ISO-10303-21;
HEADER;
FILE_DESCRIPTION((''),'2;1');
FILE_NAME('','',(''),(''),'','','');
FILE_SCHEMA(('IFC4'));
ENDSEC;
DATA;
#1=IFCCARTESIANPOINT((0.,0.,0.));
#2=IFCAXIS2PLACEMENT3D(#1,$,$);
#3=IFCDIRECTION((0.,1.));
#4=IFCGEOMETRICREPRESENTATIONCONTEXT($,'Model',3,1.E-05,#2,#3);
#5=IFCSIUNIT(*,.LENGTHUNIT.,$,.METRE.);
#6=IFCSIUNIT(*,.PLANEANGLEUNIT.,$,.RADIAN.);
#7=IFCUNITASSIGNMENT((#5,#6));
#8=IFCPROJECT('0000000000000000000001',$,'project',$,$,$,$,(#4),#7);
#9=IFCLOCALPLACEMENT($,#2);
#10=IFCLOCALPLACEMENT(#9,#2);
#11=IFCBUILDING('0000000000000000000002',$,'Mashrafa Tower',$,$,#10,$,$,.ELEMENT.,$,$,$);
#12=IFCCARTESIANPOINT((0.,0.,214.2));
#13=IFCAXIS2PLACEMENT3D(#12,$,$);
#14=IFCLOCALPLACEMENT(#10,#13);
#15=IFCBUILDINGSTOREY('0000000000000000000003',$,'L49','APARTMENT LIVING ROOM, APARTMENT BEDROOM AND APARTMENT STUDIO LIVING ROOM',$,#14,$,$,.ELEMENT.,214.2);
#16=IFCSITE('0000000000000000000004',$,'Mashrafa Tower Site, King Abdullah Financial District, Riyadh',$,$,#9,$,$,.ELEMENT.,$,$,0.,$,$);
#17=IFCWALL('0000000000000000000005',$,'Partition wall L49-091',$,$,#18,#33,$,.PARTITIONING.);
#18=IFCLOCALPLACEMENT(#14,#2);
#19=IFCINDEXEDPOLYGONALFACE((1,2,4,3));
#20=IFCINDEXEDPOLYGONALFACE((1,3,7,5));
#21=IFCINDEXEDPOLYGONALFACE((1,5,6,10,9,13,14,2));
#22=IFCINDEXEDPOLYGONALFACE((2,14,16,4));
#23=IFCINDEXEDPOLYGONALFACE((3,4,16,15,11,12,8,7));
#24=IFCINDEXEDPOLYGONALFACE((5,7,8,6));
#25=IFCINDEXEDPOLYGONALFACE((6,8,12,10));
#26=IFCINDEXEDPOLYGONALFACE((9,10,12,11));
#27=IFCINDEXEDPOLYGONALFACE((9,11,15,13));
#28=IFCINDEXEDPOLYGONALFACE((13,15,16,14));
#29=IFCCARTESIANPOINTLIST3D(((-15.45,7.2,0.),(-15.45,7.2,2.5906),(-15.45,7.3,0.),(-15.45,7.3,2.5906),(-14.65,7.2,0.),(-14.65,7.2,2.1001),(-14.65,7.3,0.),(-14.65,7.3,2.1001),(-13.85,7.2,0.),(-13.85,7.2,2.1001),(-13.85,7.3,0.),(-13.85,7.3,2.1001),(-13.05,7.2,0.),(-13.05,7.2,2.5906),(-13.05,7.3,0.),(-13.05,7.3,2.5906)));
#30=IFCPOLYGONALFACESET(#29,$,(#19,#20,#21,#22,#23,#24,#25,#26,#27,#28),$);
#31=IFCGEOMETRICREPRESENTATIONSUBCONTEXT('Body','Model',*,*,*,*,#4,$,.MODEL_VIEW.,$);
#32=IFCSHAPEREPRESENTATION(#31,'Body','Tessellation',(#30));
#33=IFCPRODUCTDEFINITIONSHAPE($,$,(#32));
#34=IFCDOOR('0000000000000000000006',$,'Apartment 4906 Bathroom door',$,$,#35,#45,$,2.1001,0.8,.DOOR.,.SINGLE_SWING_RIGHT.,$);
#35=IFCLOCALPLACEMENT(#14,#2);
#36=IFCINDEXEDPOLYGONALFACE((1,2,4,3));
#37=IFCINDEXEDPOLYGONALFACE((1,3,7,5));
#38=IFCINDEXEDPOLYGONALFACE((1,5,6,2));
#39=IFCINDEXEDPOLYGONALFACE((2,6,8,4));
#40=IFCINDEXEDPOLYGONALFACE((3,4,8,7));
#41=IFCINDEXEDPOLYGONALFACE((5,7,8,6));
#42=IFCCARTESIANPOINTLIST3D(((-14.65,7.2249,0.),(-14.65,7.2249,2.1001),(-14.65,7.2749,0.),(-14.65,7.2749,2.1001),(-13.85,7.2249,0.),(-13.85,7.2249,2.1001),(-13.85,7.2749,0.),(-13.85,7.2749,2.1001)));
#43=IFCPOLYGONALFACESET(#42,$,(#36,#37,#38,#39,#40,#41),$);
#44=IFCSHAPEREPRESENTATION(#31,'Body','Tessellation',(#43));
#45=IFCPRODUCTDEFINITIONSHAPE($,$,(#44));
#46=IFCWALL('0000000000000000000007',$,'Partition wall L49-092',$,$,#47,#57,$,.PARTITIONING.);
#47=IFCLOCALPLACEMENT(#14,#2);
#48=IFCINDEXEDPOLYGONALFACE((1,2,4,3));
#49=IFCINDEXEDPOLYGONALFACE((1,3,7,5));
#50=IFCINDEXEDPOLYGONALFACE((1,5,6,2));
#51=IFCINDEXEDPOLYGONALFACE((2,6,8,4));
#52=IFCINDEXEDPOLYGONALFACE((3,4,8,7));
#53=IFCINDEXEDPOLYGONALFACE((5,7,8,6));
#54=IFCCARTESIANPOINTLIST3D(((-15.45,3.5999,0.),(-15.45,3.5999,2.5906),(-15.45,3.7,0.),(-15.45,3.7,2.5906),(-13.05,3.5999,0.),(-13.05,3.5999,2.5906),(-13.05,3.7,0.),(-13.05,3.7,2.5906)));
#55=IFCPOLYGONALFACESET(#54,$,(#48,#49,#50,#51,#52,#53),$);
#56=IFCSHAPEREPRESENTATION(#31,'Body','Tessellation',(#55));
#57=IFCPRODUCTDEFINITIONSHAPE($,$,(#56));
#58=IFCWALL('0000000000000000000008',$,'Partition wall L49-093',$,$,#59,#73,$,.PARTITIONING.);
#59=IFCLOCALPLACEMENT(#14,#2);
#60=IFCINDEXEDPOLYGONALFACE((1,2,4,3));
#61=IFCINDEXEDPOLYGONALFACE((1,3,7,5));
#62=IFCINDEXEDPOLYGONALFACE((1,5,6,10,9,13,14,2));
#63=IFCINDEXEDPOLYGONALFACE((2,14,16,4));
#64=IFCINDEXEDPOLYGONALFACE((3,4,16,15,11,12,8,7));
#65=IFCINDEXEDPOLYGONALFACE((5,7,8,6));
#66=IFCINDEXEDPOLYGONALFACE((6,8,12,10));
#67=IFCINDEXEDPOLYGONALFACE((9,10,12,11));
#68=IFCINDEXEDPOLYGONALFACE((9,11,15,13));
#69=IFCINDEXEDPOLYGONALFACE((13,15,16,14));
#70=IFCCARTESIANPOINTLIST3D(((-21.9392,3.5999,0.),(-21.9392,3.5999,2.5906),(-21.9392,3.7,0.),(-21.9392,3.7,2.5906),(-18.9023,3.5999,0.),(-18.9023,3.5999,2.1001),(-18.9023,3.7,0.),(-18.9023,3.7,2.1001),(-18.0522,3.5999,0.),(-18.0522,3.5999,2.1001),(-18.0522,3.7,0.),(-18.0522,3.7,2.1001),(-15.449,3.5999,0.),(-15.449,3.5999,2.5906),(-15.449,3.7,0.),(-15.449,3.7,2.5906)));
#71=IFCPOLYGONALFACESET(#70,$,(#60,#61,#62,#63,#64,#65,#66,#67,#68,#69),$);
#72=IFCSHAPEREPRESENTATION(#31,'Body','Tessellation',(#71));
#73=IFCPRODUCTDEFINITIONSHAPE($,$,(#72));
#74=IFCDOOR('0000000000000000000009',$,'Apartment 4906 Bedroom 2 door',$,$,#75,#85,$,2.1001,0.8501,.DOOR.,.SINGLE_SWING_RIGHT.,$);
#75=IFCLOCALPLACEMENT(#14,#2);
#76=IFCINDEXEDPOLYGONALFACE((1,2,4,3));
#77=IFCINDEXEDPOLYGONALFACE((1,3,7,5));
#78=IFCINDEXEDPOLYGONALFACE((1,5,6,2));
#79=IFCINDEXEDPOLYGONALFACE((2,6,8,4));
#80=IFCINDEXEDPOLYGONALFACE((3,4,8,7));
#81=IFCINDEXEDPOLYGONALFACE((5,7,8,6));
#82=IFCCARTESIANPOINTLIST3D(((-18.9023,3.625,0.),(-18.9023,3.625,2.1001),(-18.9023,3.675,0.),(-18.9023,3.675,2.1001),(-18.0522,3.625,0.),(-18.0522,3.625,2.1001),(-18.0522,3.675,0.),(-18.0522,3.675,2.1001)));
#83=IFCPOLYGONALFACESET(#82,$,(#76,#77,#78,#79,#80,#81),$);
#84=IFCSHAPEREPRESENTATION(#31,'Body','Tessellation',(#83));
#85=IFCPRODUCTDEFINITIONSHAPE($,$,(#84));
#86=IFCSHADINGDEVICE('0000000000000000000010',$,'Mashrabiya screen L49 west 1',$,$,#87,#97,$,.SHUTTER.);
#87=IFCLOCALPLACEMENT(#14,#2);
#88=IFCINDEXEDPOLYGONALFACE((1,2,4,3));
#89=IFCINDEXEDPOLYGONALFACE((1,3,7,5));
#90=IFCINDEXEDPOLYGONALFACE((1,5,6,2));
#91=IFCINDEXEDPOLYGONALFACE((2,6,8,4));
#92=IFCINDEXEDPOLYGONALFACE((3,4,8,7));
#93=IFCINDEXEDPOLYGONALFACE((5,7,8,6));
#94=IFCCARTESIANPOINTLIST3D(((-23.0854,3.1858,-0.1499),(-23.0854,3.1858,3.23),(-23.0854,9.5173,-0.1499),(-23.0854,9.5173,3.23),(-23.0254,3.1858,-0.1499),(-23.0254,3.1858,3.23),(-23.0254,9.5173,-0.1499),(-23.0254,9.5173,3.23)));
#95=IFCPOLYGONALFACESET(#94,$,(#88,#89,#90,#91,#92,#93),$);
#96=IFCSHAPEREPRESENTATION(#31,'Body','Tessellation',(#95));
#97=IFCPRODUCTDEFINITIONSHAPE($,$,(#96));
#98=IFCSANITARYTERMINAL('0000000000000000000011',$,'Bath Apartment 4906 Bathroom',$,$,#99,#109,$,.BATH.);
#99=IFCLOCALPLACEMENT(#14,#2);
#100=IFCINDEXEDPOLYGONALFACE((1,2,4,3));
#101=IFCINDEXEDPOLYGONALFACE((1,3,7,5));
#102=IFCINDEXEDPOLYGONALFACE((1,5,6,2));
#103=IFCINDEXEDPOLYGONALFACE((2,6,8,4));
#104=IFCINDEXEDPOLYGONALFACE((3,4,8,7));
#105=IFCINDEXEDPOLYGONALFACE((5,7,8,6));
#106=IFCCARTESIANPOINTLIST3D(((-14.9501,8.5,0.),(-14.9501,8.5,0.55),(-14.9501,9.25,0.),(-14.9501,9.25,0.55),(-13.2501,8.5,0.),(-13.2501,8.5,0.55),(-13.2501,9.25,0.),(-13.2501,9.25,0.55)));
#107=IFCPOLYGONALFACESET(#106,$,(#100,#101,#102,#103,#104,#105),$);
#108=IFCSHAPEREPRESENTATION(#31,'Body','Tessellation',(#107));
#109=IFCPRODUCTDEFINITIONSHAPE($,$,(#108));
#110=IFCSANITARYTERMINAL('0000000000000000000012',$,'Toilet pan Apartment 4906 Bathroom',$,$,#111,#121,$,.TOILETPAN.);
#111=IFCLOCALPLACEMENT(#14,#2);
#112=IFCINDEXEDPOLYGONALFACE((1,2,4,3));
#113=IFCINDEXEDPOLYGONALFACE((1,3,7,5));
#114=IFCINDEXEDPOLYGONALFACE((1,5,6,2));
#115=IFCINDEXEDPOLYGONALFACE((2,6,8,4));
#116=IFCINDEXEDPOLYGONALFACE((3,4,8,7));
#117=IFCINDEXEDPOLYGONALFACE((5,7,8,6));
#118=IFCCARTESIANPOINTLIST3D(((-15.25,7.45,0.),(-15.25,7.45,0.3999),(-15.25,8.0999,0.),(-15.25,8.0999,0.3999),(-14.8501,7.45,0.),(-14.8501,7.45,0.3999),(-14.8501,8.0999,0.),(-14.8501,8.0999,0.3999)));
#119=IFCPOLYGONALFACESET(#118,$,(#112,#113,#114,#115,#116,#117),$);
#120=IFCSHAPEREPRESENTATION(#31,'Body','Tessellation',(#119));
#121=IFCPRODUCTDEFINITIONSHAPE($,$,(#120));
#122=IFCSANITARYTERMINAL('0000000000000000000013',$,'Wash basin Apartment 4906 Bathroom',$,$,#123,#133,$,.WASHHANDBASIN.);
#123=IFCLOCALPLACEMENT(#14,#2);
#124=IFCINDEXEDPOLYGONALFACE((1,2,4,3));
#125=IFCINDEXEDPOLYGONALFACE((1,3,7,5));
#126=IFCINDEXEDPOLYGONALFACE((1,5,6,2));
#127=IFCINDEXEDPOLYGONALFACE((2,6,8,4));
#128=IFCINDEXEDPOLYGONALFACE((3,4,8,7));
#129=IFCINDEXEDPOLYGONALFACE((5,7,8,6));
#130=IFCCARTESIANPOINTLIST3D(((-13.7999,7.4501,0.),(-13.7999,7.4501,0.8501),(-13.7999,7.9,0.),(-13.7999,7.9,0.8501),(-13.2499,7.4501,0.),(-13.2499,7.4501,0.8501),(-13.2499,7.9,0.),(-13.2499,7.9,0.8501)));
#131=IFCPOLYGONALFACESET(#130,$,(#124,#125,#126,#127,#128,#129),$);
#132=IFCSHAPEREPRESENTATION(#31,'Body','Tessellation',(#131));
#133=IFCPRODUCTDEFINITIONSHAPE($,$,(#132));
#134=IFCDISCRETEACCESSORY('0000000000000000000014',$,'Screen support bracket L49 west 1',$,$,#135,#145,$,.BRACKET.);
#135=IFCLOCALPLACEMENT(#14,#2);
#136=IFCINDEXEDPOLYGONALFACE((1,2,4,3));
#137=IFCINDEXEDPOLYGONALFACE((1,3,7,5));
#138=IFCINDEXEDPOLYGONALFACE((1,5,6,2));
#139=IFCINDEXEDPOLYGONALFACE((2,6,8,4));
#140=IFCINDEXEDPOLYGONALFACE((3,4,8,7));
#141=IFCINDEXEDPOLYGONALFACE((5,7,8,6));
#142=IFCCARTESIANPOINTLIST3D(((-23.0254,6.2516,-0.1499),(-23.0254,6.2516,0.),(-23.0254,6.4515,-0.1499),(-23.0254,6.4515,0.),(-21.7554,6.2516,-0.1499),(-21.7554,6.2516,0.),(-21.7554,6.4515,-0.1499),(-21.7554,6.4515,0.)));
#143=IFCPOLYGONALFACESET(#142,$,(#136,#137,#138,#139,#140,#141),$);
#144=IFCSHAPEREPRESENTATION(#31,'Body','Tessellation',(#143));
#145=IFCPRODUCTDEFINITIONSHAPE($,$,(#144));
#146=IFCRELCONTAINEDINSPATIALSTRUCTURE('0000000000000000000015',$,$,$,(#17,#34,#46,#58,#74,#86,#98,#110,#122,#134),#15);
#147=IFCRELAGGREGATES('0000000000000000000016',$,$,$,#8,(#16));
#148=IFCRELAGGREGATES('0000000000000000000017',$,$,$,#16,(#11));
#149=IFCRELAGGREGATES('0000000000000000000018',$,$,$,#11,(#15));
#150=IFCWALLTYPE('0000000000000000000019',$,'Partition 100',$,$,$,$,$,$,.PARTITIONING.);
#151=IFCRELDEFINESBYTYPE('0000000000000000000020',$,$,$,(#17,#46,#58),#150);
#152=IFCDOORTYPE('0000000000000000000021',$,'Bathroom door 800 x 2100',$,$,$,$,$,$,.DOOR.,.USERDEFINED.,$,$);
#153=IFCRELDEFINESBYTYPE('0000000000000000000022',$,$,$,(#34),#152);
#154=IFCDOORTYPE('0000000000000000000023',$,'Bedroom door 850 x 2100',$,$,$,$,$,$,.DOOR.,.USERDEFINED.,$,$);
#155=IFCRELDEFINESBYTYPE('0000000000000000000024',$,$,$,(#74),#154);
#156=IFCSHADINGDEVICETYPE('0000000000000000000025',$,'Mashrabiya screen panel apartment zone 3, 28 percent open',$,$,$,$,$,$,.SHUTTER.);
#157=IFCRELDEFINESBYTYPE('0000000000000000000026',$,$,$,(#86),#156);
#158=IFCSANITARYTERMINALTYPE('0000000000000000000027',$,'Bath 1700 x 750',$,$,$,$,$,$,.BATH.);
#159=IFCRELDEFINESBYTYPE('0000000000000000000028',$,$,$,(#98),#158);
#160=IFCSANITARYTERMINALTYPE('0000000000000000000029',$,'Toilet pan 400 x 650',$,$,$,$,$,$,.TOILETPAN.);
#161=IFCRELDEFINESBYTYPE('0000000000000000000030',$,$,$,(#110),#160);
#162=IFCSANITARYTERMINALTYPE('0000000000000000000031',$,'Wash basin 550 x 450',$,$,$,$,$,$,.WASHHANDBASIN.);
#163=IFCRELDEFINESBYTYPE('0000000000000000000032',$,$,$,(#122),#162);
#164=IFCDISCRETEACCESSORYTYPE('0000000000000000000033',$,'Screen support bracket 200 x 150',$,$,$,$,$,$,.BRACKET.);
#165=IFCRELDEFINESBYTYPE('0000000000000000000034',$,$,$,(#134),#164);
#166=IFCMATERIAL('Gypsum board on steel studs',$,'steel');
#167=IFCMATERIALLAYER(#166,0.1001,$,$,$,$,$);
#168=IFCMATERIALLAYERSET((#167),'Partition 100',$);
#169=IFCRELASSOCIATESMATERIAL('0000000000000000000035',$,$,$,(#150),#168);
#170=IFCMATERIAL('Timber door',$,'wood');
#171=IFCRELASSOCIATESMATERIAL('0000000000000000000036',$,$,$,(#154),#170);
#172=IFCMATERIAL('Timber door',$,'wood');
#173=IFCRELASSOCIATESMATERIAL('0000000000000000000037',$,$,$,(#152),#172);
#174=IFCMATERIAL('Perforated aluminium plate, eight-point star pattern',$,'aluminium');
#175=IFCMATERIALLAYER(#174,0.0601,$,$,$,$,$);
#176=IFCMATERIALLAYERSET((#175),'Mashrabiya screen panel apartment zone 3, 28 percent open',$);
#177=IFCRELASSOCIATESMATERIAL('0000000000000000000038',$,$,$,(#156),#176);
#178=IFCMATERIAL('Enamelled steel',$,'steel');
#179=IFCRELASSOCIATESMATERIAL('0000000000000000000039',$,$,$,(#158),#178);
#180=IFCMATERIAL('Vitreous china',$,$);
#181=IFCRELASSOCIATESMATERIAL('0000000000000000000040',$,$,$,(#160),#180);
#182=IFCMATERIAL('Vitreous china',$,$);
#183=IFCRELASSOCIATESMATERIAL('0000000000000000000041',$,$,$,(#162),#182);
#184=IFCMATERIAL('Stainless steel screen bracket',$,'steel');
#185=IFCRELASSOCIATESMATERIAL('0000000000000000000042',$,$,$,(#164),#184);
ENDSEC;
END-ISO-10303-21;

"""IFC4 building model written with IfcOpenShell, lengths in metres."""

from ifc_helpers import new_model, si_unit, direction, frame, frame_2d, origin, origin_2d, place, context, subcontext, project, spatial, rectangle, extrude, source, transform, mapped, material, layer, layer_set, type_object, type_shapes, element, fill, save


model = new_model("IFC4")

# Units and contexts
model_context = context("Model", 3, precision=1e-05, world=origin(), true_north=direction((0.0, 1.0)))
body_context = subcontext(model_context, "Body", "Model", "MODEL_VIEW")
ifc_project = project(units=[si_unit("LENGTHUNIT", "METRE"), si_unit("PLANEANGLEUNIT", "RADIAN")], contexts=[model_context])

# Site, building, storey
site_placement = place(None, origin())
site = spatial("IfcSite", under=ifc_project, at=site_placement, Name="Mashrafa Tower Site, King Abdullah Financial District, Riyadh", CompositionType="ELEMENT", RefElevation=0.0)
building_placement = place(site_placement, origin())
building = spatial("IfcBuilding", under=site, at=building_placement, Name="Mashrafa Tower", CompositionType="ELEMENT")
storey_placement = place(building_placement, frame((0.0, 0.0, 214.2)))
storey = spatial("IfcBuildingStorey", under=building, at=storey_placement, Name="L49", Description="APARTMENT LIVING ROOM, APARTMENT BEDROOM AND APARTMENT STUDIO LIVING ROOM", CompositionType="ELEMENT", Elevation=214.2)

# Shared definitions
ifc_material_1 = material(Name="Gypsum board on steel studs", Category="steel")
ifc_layer_1 = layer(ifc_material_1, 0.1001)
ifc_layer_set_1 = layer_set([ifc_layer_1], Name="Partition 100")
wall_type_1 = type_object("IfcWallType", Name="Partition 100", PredefinedType="PARTITIONING", material=ifc_layer_set_1)
ifc_material_2 = material(Name="Timber door", Category="wood")
door_type_1 = type_object("IfcDoorType", Name="Bedroom door 850 x 2100", OperationType="USERDEFINED", PredefinedType="DOOR", material=ifc_material_2)

# Wall, opening, door
wall_1_placement = place(storey_placement, frame((-15.45, 7.25, 0.0), z_axis=(0.0, 0.0, 1.0), x_axis=(1.0, 0.0, 0.0)))
wall_1 = element("IfcWall", 1, at=wall_1_placement, inside=storey, type_object=wall_type_1, Name="Partition wall L49-091", PredefinedType="PARTITIONING", context=body_context, shape_type="SweptSolid", body=[
    extrude(rectangle(XDim=2.3999, YDim=0.1001, at=frame_2d((1.2, 0.0))), origin(), (0.0, 0.0, 1.0), 2.5906),
])
opening_1_placement = place(wall_1_placement, frame((0.8, 0.0, 0.0)))
opening_1 = element("IfcOpeningElement", 2, at=opening_1_placement, cuts=wall_1, PredefinedType="OPENING", context=body_context, shape_type="SweptSolid", body=[
    extrude(rectangle(XDim=0.8, YDim=2.1001, at=frame_2d((0.3999, 1.05))), frame((0.0, 0.0601, 0.0), z_axis=(0.0, -1.0, 0.0), x_axis=(1.0, 0.0, 0.0)), (0.0, 0.0, 1.0), 0.1201),
])
ifc_material_3 = material(Name="Timber door", Category="wood")
door_type_2 = type_object("IfcDoorType", Name="Bathroom door 800 x 2100", OperationType="USERDEFINED", PredefinedType="DOOR", material=ifc_material_3)
door_1_placement = place(opening_1_placement, origin())
door_1 = element("IfcDoor", 3, at=door_1_placement, inside=storey, type_object=door_type_2, Name="Apartment 4906 Bathroom door", OperationType="SINGLE_SWING_RIGHT", OverallHeight=2.1001, OverallWidth=0.8, PredefinedType="DOOR", context=body_context, shape_type="SweptSolid", body=[
    extrude(rectangle(XDim=0.8, YDim=2.1001, at=frame_2d((0.3999, 1.05))), frame((0.0, 0.0249, 0.0), z_axis=(0.0, -1.0, 0.0), x_axis=(1.0, 0.0, 0.0)), (0.0, 0.0, 1.0), 0.05),
])
fill(opening_1, door_1)

# Wall
wall_2_placement = place(storey_placement, frame((-15.45, 3.6499, 0.0), z_axis=(0.0, 0.0, 1.0), x_axis=(1.0, 0.0, 0.0)))
element("IfcWall", 4, at=wall_2_placement, inside=storey, type_object=wall_type_1, Name="Partition wall L49-092", PredefinedType="PARTITIONING", context=body_context, shape_type="SweptSolid", body=[
    extrude(rectangle(XDim=2.3999, YDim=0.1001, at=frame_2d((1.2, 0.0))), origin(), (0.0, 0.0, 1.0), 2.5906),
])

# Wall, opening, door
wall_3_placement = place(storey_placement, frame((-15.449, 3.6499, 0.0), z_axis=(0.0, 0.0, 1.0), x_axis=(-1.0, 0.0, 0.0)))
wall_3 = element("IfcWall", 5, at=wall_3_placement, inside=storey, type_object=wall_type_1, Name="Partition wall L49-093", PredefinedType="PARTITIONING", context=body_context, shape_type="SweptSolid", body=[
    extrude(rectangle(XDim=6.4902, YDim=0.1001, at=frame_2d((3.2451, 0.0))), origin(), (0.0, 0.0, 1.0), 2.5906),
])
opening_2_placement = place(wall_3_placement, frame((2.6033, 0.0, 0.0)))
opening_2 = element("IfcOpeningElement", 6, at=opening_2_placement, cuts=wall_3, PredefinedType="OPENING", context=body_context, shape_type="SweptSolid", body=[
    extrude(rectangle(XDim=0.8501, YDim=2.1001, at=frame_2d((0.425, 1.05))), frame((0.0, 0.0601, 0.0), z_axis=(0.0, -1.0, 0.0), x_axis=(1.0, 0.0, 0.0)), (0.0, 0.0, 1.0), 0.1201),
])
door_2_placement = place(opening_2_placement, origin())
door_2 = element("IfcDoor", 7, at=door_2_placement, inside=storey, type_object=door_type_1, Name="Apartment 4906 Bedroom 2 door", OperationType="SINGLE_SWING_RIGHT", OverallHeight=2.1001, OverallWidth=0.8501, PredefinedType="DOOR", context=body_context, shape_type="SweptSolid", body=[
    extrude(rectangle(XDim=0.8501, YDim=2.1001, at=frame_2d((0.425, 1.05))), frame((0.0, 0.0249, 0.0), z_axis=(0.0, -1.0, 0.0), x_axis=(1.0, 0.0, 0.0)), (0.0, 0.0, 1.0), 0.05),
])
fill(opening_2, door_2)

# Shading device
ifc_material_4 = material(Name="Perforated aluminium plate, eight-point star pattern", Category="aluminium")
ifc_layer_2 = layer(ifc_material_4, 0.0601)
ifc_layer_set_2 = layer_set([ifc_layer_2], Name="Mashrabiya screen panel apartment zone 3, 28 percent open")
shading_device_type = type_object("IfcShadingDeviceType", Name="Mashrabiya screen panel apartment zone 3, 28 percent open", PredefinedType="SHUTTER", material=ifc_layer_set_2)
shared_shape_1 = source(origin(), body_context, "Body", "SweptSolid", [
    extrude(rectangle(XDim=6.3315, YDim=0.0601, at=origin_2d()), origin(), (0.0, 0.0, 1.0), 3.3799),
])
type_shapes(shading_device_type, [shared_shape_1])
shading_device_placement = place(storey_placement, frame((-23.0554, 6.3516, -0.1499), z_axis=(0.0, 0.0, 1.0), x_axis=(0.0, -1.0, 0.0)))
element("IfcShadingDevice", 8, at=shading_device_placement, inside=storey, type_object=shading_device_type, Name="Mashrabiya screen L49 west 1", PredefinedType="SHUTTER", context=body_context, shape_type="MappedRepresentation", body=[
    mapped(shared_shape_1, transform((0.0, 0.0, 0.0))),
])

# Sanitary terminals
ifc_material_5 = material(Name="Enamelled steel", Category="steel")
sanitary_terminal_type_1 = type_object("IfcSanitaryTerminalType", Name="Bath 1700 x 750", PredefinedType="BATH", material=ifc_material_5)
sanitary_terminal_1_placement = place(storey_placement, frame((-14.1001, 8.875, 0.0), z_axis=(0.0, 0.0, 1.0), x_axis=(-1.0, 0.0, 0.0)))
element("IfcSanitaryTerminal", 9, at=sanitary_terminal_1_placement, inside=storey, type_object=sanitary_terminal_type_1, Name="Bath Apartment 4906 Bathroom", PredefinedType="BATH", context=body_context, shape_type="SweptSolid", body=[
    extrude(rectangle(XDim=1.7, YDim=0.75, at=origin_2d()), origin(), (0.0, 0.0, 1.0), 0.55),
])
ifc_material_6 = material(Name="Vitreous china")
sanitary_terminal_type_2 = type_object("IfcSanitaryTerminalType", Name="Toilet pan 400 x 650", PredefinedType="TOILETPAN", material=ifc_material_6)
sanitary_terminal_2_placement = place(storey_placement, frame((-15.05, 7.7749, 0.0), z_axis=(0.0, 0.0, 1.0), x_axis=(1.0, 0.0, 0.0)))
element("IfcSanitaryTerminal", 10, at=sanitary_terminal_2_placement, inside=storey, type_object=sanitary_terminal_type_2, Name="Toilet pan Apartment 4906 Bathroom", PredefinedType="TOILETPAN", context=body_context, shape_type="SweptSolid", body=[
    extrude(rectangle(XDim=0.3999, YDim=0.6499, at=origin_2d()), origin(), (0.0, 0.0, 1.0), 0.3999),
])
ifc_material_7 = material(Name="Vitreous china")
sanitary_terminal_type_3 = type_object("IfcSanitaryTerminalType", Name="Wash basin 550 x 450", PredefinedType="WASHHANDBASIN", material=ifc_material_7)
sanitary_terminal_3_placement = place(storey_placement, frame((-13.5249, 7.675, 0.0), z_axis=(0.0, 0.0, 1.0), x_axis=(1.0, 0.0, 0.0)))
element("IfcSanitaryTerminal", 11, at=sanitary_terminal_3_placement, inside=storey, type_object=sanitary_terminal_type_3, Name="Wash basin Apartment 4906 Bathroom", PredefinedType="WASHHANDBASIN", context=body_context, shape_type="SweptSolid", body=[
    extrude(rectangle(XDim=0.55, YDim=0.45, at=origin_2d()), origin(), (0.0, 0.0, 1.0), 0.8501),
])

# Discrete accessory
ifc_material_8 = material(Name="Stainless steel screen bracket", Category="steel")
discrete_accessory_type = type_object("IfcDiscreteAccessoryType", Name="Screen support bracket 200 x 150", PredefinedType="BRACKET", material=ifc_material_8)
shared_shape_2 = source(origin(), body_context, "Body", "SweptSolid", [
    extrude(rectangle(XDim=0.2, YDim=1.27, at=origin_2d()), origin(), (0.0, 0.0, 1.0), 0.1499),
])
type_shapes(discrete_accessory_type, [shared_shape_2])
discrete_accessory_placement = place(storey_placement, frame((-22.3904, 6.3516, -0.1499), z_axis=(0.0, 0.0, 1.0), x_axis=(0.0, -1.0, 0.0)))
element("IfcDiscreteAccessory", 12, at=discrete_accessory_placement, inside=storey, type_object=discrete_accessory_type, Name="Screen support bracket L49 west 1", PredefinedType="BRACKET", context=body_context, shape_type="MappedRepresentation", body=[
    mapped(shared_shape_2, transform((0.0, 0.0, 0.0))),
])

save(model, "model.ifc")
